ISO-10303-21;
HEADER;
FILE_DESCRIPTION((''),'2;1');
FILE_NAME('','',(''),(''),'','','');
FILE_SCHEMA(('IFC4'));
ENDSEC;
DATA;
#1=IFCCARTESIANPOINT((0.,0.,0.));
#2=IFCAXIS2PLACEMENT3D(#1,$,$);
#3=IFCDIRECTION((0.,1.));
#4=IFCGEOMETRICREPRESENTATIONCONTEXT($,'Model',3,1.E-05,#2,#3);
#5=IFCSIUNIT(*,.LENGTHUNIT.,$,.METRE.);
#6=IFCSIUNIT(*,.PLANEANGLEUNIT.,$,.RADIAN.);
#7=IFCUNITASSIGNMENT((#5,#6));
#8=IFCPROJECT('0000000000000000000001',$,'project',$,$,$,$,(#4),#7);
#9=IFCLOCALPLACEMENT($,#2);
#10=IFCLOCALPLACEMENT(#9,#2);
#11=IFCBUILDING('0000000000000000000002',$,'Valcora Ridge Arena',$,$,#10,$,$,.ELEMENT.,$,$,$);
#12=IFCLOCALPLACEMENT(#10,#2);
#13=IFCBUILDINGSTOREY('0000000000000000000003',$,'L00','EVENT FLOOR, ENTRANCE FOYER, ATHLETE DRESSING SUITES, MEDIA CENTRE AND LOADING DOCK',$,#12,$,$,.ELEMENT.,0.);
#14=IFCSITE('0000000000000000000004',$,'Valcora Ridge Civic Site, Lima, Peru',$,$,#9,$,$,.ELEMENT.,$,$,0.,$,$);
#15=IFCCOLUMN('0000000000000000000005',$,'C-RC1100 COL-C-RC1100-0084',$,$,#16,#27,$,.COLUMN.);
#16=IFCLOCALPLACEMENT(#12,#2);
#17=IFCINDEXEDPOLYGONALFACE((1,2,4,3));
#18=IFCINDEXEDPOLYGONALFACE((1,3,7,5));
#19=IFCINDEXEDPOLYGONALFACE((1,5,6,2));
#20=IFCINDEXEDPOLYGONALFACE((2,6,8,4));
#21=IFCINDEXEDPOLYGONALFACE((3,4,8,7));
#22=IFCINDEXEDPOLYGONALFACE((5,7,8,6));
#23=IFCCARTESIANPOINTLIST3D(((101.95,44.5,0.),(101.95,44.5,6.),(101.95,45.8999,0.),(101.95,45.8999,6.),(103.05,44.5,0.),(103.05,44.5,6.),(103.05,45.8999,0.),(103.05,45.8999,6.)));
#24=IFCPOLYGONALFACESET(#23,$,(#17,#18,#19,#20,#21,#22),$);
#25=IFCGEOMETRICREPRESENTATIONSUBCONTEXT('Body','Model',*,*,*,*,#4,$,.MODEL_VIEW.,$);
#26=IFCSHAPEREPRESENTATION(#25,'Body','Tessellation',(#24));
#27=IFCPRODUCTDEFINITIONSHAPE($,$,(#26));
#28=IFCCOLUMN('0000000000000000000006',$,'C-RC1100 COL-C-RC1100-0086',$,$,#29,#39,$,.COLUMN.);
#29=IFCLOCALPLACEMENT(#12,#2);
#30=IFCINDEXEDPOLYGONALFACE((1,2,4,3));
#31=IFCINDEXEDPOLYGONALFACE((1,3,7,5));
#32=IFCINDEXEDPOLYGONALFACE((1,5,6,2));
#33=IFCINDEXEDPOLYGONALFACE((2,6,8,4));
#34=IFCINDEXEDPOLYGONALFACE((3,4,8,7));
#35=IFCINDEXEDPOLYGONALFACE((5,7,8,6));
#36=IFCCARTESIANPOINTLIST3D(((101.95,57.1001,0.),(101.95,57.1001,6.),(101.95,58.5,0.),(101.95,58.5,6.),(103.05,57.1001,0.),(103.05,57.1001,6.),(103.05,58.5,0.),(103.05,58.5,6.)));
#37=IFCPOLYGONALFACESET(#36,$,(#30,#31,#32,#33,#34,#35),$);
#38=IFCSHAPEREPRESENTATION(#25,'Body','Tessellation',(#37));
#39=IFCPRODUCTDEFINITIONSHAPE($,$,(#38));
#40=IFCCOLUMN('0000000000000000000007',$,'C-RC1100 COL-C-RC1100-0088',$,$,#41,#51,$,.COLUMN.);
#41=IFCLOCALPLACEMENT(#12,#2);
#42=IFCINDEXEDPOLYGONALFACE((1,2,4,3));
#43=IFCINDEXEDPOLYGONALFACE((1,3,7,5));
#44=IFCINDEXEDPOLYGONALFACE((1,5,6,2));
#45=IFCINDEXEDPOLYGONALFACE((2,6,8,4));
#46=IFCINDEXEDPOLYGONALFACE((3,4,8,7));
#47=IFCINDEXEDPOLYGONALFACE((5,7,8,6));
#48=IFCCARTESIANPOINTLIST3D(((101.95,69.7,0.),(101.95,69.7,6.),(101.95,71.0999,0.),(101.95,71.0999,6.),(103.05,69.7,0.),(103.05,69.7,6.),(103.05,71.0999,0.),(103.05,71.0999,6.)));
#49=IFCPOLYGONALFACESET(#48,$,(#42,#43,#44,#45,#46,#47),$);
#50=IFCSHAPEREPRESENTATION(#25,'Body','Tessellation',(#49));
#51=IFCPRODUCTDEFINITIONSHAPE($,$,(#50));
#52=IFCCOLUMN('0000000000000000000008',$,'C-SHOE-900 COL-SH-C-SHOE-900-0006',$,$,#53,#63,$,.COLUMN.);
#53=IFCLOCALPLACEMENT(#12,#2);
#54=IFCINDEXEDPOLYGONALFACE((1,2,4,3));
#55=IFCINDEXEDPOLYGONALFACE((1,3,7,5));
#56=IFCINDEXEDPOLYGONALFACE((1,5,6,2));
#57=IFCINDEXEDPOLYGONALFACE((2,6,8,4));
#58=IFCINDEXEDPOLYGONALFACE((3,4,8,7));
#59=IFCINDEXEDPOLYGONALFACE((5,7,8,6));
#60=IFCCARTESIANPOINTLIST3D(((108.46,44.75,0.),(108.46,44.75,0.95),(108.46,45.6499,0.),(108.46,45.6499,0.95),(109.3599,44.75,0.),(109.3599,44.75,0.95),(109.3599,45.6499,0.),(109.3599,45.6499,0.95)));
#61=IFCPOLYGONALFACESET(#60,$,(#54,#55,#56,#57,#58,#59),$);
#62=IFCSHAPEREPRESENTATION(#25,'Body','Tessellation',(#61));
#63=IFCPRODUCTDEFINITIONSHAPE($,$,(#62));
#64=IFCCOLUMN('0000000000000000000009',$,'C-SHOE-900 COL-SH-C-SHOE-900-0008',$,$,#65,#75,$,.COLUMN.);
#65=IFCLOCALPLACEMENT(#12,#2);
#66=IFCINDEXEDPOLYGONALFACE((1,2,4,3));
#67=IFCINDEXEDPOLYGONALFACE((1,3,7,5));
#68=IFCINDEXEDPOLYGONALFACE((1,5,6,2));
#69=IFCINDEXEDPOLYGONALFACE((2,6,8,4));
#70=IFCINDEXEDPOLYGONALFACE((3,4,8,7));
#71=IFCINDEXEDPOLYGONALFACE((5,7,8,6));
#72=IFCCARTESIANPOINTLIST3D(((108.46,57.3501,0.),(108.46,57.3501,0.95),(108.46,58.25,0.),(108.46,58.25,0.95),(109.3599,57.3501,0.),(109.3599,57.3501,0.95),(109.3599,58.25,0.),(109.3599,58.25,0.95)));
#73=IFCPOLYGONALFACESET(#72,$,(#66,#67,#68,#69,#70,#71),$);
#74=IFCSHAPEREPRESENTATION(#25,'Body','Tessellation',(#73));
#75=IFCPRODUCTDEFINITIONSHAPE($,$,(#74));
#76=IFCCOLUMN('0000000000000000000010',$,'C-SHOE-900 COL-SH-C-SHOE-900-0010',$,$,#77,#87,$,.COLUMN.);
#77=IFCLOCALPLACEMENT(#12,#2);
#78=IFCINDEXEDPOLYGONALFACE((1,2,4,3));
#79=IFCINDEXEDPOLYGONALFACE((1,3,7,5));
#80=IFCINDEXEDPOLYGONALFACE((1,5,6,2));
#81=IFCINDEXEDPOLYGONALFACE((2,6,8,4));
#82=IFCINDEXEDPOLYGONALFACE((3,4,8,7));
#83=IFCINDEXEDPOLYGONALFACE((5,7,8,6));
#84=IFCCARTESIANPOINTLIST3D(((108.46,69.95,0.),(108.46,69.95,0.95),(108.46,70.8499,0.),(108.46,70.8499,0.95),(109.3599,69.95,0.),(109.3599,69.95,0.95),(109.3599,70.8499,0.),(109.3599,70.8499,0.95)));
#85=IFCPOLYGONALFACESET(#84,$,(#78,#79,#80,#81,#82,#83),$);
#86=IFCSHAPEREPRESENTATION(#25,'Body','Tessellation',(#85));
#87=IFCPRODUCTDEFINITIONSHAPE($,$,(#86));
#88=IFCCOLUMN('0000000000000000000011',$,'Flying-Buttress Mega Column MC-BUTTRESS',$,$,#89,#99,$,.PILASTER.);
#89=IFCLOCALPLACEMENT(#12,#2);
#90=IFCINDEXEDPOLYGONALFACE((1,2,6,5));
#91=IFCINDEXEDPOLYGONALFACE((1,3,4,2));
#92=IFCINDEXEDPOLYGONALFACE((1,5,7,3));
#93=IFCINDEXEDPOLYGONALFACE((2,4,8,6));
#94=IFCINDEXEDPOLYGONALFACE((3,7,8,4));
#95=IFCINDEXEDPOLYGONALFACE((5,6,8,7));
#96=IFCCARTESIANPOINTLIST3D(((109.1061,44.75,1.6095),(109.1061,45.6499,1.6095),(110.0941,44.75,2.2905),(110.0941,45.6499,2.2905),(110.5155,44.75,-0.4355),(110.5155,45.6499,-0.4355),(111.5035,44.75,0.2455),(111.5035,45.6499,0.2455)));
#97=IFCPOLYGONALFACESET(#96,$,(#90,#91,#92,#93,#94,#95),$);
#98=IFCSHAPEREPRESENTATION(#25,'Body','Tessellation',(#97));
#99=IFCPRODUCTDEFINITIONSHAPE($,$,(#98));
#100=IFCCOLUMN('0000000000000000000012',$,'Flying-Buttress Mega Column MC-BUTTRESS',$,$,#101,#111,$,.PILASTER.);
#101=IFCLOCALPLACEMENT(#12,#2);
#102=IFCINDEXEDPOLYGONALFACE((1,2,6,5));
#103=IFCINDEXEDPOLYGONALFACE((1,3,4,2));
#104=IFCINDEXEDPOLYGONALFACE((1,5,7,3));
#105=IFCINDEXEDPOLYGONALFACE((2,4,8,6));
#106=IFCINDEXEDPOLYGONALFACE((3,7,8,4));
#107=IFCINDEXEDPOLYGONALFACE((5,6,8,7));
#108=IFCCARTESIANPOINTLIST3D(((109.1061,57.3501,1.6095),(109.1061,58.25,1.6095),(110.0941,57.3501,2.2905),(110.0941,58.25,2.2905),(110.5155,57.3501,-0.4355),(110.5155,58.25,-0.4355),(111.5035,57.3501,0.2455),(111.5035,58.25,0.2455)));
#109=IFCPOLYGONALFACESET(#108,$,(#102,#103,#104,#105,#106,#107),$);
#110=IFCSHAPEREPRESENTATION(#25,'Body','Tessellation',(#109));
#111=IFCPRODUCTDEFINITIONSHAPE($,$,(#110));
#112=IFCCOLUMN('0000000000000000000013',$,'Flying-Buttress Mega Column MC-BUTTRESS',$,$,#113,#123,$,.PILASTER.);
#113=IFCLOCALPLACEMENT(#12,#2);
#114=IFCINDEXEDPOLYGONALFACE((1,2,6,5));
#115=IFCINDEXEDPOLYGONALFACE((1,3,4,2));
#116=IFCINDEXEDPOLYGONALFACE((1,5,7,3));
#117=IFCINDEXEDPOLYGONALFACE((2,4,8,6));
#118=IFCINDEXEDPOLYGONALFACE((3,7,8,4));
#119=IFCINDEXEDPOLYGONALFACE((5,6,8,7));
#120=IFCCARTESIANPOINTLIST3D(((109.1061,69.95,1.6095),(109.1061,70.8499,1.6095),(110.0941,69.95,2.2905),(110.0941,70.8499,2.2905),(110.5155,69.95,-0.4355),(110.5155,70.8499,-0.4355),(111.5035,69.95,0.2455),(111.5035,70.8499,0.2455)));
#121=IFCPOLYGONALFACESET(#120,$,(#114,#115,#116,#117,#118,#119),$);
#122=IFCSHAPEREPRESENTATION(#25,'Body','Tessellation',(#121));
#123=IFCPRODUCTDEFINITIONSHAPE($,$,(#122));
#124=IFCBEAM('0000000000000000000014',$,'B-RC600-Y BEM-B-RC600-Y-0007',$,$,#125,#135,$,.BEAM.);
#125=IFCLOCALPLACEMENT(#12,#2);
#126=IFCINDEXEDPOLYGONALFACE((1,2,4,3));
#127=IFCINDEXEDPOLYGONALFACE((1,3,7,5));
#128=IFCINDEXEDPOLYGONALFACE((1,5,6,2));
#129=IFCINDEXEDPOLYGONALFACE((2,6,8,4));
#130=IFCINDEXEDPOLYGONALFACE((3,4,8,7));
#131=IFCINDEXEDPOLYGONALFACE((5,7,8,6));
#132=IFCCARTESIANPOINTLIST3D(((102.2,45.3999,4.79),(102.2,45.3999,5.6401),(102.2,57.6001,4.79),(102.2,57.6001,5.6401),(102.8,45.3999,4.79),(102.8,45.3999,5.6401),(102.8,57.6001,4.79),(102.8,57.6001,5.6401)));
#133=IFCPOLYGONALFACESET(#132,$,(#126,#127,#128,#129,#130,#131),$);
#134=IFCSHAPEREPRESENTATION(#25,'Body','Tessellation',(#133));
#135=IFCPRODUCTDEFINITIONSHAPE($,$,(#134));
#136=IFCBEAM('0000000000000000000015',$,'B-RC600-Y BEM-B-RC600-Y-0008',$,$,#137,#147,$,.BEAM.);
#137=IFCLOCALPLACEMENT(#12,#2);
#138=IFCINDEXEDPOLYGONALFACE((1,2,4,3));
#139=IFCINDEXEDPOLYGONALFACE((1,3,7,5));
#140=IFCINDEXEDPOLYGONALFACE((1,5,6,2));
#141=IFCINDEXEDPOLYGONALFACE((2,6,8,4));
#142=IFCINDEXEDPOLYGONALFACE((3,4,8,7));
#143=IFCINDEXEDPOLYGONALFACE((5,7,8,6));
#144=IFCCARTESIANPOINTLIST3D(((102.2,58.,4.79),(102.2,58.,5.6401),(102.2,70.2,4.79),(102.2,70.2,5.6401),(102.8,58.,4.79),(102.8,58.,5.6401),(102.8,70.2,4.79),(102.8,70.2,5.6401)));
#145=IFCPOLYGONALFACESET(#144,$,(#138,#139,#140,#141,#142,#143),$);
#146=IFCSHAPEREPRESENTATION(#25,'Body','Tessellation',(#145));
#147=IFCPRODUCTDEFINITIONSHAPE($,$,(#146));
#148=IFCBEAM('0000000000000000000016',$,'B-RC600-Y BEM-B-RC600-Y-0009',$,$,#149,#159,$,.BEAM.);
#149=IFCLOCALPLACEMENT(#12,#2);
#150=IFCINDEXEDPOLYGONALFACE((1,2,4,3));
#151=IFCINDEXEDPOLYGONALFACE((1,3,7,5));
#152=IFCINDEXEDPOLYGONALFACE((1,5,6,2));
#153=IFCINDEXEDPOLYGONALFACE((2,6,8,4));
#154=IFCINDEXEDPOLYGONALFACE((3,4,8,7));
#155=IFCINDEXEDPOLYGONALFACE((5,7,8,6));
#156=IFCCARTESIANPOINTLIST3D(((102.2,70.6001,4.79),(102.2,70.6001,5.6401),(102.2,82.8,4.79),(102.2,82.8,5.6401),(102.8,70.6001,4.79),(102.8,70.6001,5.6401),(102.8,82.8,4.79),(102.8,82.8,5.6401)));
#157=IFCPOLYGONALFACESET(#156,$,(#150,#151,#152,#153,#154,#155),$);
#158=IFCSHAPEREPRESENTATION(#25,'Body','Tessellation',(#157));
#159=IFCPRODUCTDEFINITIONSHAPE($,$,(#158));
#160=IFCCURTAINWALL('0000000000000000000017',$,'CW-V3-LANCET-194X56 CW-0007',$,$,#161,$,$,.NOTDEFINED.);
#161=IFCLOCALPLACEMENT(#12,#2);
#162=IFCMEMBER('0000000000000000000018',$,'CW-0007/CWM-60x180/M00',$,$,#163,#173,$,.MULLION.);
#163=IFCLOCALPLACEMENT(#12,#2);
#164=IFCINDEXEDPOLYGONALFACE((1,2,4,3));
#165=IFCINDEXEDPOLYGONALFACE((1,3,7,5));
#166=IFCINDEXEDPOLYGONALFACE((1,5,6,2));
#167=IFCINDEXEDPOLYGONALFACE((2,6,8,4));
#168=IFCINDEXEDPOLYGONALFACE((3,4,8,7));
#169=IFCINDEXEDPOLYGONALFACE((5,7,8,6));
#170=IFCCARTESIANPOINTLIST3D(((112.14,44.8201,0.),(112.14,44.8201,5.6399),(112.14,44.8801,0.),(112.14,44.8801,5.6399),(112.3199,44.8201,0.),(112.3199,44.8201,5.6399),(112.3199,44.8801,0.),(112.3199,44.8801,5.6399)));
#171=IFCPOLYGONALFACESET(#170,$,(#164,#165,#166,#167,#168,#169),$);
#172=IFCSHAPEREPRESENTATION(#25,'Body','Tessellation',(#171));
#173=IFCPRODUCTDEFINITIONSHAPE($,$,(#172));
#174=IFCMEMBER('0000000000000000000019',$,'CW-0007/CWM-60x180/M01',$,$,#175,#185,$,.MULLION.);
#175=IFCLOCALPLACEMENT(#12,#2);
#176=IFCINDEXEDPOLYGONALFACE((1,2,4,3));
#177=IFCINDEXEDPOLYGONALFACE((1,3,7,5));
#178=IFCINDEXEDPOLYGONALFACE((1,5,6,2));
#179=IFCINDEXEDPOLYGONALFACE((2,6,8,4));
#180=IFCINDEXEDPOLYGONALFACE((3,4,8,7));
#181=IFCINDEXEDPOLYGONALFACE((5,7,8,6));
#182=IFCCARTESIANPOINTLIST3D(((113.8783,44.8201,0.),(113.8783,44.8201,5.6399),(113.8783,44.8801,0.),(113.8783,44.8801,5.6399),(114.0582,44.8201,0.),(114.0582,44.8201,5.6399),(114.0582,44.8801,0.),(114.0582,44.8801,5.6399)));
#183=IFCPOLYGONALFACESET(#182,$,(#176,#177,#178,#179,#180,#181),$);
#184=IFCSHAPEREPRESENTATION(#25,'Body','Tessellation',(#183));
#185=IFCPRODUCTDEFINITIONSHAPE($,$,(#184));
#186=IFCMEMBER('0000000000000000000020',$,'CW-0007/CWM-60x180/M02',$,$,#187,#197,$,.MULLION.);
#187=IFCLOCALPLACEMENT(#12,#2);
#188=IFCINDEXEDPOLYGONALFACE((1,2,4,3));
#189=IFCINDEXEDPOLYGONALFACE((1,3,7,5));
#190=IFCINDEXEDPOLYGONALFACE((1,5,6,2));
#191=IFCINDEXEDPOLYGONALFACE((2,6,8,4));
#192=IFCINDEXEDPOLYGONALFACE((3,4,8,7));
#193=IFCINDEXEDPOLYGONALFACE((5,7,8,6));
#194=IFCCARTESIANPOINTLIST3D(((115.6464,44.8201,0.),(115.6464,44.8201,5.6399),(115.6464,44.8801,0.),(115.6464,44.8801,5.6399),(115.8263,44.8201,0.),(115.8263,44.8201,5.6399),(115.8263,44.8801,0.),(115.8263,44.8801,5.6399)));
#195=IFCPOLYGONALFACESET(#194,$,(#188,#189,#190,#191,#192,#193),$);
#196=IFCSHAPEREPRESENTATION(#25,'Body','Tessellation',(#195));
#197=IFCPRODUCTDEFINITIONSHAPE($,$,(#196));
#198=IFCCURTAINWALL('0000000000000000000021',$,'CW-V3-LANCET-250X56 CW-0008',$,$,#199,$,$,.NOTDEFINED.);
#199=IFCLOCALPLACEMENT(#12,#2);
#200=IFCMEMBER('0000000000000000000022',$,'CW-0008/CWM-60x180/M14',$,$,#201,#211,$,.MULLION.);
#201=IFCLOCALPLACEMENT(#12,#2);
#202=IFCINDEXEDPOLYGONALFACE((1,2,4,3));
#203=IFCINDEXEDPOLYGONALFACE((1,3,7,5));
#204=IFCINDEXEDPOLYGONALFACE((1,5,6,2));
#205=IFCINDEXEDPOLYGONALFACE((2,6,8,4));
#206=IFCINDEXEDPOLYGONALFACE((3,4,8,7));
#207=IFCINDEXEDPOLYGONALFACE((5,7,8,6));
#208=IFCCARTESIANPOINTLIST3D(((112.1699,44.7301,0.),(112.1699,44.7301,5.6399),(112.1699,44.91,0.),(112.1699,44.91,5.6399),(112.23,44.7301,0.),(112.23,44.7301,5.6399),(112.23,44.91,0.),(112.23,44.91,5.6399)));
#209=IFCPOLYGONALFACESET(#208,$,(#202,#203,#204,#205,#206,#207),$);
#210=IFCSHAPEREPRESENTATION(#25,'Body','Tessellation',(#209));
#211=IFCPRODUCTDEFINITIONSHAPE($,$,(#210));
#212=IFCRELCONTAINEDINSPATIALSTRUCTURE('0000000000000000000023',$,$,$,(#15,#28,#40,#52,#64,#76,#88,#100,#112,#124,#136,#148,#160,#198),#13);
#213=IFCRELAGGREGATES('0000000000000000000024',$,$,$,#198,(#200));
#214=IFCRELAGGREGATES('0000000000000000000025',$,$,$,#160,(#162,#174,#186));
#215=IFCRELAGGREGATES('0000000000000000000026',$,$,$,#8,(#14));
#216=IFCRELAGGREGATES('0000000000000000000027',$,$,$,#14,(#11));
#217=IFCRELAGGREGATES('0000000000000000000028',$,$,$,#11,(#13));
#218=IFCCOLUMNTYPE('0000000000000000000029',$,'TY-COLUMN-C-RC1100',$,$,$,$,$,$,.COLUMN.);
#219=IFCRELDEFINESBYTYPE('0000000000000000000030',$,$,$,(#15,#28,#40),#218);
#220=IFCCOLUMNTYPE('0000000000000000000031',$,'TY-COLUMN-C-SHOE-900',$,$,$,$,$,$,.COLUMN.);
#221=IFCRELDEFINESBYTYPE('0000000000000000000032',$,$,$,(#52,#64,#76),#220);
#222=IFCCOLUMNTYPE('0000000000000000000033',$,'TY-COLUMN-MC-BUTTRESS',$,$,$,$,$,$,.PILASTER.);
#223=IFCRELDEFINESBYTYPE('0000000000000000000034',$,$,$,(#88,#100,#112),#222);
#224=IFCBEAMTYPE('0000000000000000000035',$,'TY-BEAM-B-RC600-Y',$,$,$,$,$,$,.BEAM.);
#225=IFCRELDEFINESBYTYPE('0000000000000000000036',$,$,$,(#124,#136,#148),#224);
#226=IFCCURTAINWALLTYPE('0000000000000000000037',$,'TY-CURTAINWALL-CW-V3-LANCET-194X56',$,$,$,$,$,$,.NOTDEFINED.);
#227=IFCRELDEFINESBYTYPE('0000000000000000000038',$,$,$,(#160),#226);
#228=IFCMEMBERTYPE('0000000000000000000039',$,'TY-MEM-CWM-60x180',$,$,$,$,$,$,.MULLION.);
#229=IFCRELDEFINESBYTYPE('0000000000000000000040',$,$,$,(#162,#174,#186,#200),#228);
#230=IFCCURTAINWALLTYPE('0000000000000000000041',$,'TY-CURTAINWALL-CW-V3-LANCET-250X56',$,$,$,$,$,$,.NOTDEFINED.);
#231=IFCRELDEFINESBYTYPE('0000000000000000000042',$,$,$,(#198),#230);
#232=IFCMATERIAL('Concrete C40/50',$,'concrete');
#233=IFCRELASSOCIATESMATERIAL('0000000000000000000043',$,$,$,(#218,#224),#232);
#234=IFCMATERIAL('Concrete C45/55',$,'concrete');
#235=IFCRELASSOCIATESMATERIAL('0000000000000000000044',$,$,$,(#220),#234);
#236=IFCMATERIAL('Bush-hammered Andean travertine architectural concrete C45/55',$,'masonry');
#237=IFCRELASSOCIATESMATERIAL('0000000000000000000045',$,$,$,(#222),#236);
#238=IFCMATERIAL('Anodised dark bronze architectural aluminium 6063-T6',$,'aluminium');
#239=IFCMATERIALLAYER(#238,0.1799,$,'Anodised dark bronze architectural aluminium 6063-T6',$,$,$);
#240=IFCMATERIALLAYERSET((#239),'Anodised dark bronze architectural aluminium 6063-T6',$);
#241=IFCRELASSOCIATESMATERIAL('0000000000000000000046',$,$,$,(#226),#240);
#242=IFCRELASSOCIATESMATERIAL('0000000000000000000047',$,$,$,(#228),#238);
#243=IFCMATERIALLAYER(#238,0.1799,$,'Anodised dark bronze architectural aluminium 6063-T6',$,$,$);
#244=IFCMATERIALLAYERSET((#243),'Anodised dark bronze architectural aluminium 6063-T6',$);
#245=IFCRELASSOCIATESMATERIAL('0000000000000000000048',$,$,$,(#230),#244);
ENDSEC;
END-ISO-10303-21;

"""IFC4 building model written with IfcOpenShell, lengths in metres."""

from ifc_helpers import new_model, si_unit, direction, frame, origin, origin_2d, place, context, subcontext, project, spatial, rectangle, extrude, material, layer, layer_set, material_profile, profile_set, type_object, element, aggregate, save


model = new_model("IFC4")

# Units and contexts
model_context = context("Model", 3, precision=1e-05, world=origin(), true_north=direction((0.0, 1.0)))
body_context = subcontext(model_context, "Body", "Model", "MODEL_VIEW")
ifc_project = project(units=[si_unit("LENGTHUNIT", "METRE"), si_unit("PLANEANGLEUNIT", "RADIAN")], contexts=[model_context])

# Site, building, storey
site_placement = place(None, origin())
site = spatial("IfcSite", under=ifc_project, at=site_placement, Name="Valcora Ridge Civic Site, Lima, Peru", CompositionType="ELEMENT", RefElevation=0.0)
building_placement = place(site_placement, origin())
building = spatial("IfcBuilding", under=site, at=building_placement, Name="Valcora Ridge Arena", CompositionType="ELEMENT")
storey_placement = place(building_placement, origin())
storey = spatial("IfcBuildingStorey", under=building, at=storey_placement, Name="L00", Description="EVENT FLOOR, ENTRANCE FOYER, ATHLETE DRESSING SUITES, MEDIA CENTRE AND LOADING DOCK", CompositionType="ELEMENT", Elevation=0.0)

# Columns
ifc_material_1 = material(Name="Concrete C40/50", Category="concrete")
ifc_material_profile_1 = material_profile(ifc_material_1, rectangle(XDim=1.1001, YDim=1.3999, at=origin_2d()), Name="RC 1100x1400")
ifc_profile_set_1 = profile_set([ifc_material_profile_1], Name="Concrete C40/50")
column_type_1 = type_object("IfcColumnType", Name="TY-COLUMN-C-RC1100", PredefinedType="COLUMN", material=ifc_profile_set_1)
for number, where, z_axis, x_axis, name in (
    (1, (102.5, 45.2, 0.0), (0.0, 0.0, 1.0), (1.0, 0.0, 0.0), "C-RC1100 COL-C-RC1100-0084"),
    (2, (102.5, 57.8, 0.0), (0.0, 0.0, 1.0), (1.0, 0.0, 0.0), "C-RC1100 COL-C-RC1100-0086"),
    (3, (102.5, 70.3999, 0.0), (0.0, 0.0, 1.0), (1.0, 0.0, 0.0), "C-RC1100 COL-C-RC1100-0088"),
):
    element("IfcColumn", number, at=place(storey_placement, frame(where, z_axis=z_axis, x_axis=x_axis)), inside=storey, type_object=column_type_1, Name=name, PredefinedType="COLUMN", context=body_context, shape_type="SweptSolid", body=[
        extrude(rectangle(XDim=1.1001, YDim=1.3999, at=origin_2d()), origin(), (0.0, 0.0, 1.0), 6.0),
    ])
ifc_material_2 = material(Name="Concrete C45/55", Category="concrete")
ifc_material_profile_2 = material_profile(ifc_material_2, rectangle(XDim=0.8999, YDim=0.8999, at=origin_2d()), Name="RC 900x900")
ifc_profile_set_2 = profile_set([ifc_material_profile_2], Name="Concrete C45/55")
column_type_2 = type_object("IfcColumnType", Name="TY-COLUMN-C-SHOE-900", PredefinedType="COLUMN", material=ifc_profile_set_2)
for number, where, z_axis, x_axis, name in (
    (4, (108.9099, 45.2, 0.0), (0.0, 0.0, 1.0), (1.0, 0.0, 0.0), "C-SHOE-900 COL-SH-C-SHOE-900-0006"),
    (5, (108.9099, 57.8, 0.0), (0.0, 0.0, 1.0), (1.0, 0.0, 0.0), "C-SHOE-900 COL-SH-C-SHOE-900-0008"),
    (6, (108.9099, 70.3999, 0.0), (0.0, 0.0, 1.0), (1.0, 0.0, 0.0), "C-SHOE-900 COL-SH-C-SHOE-900-0010"),
):
    element("IfcColumn", number, at=place(storey_placement, frame(where, z_axis=z_axis, x_axis=x_axis)), inside=storey, type_object=column_type_2, Name=name, PredefinedType="COLUMN", context=body_context, shape_type="SweptSolid", body=[
        extrude(rectangle(XDim=0.8999, YDim=0.8999, at=origin_2d()), origin(), (0.0, 0.0, 1.0), 0.95),
    ])
ifc_material_3 = material(Name="Bush-hammered Andean travertine architectural concrete C45/55", Category="masonry")
ifc_material_profile_3 = material_profile(ifc_material_3, rectangle(XDim=0.8999, YDim=1.2, at=origin_2d()), Name="RC 900x1200")
ifc_profile_set_3 = profile_set([ifc_material_profile_3], Name="Bush-hammered Andean travertine architectural concrete C45/55")
column_type_3 = type_object("IfcColumnType", Name="TY-COLUMN-MC-BUTTRESS", PredefinedType="PILASTER", material=ifc_profile_set_3)
for number, where, z_axis, x_axis, name in (
    (7, (111.0095, 45.2, -0.095), (-0.567496, 0.0, 0.823376), (0.0, -1.0, 0.0), "Flying-Buttress Mega Column MC-BUTTRESS"),
    (8, (111.0095, 57.8, -0.095), (-0.567496, 0.0, 0.823376), (0.0, -1.0, 0.0), "Flying-Buttress Mega Column MC-BUTTRESS"),
    (9, (111.0095, 70.3999, -0.095), (-0.567496, 0.0, 0.823376), (0.0, -1.0, 0.0), "Flying-Buttress Mega Column MC-BUTTRESS"),
):
    element("IfcColumn", number, at=place(storey_placement, frame(where, z_axis=z_axis, x_axis=x_axis)), inside=storey, type_object=column_type_3, Name=name, PredefinedType="PILASTER", context=body_context, shape_type="SweptSolid", body=[
        extrude(rectangle(XDim=0.8999, YDim=1.2, at=origin_2d()), origin(), (0.0, 0.0, 1.0), 2.4836),
    ])

# Beams
ifc_material_profile_4 = material_profile(ifc_material_1, rectangle(XDim=0.6001, YDim=0.8501, at=origin_2d()), Name="RC 600x850")
ifc_profile_set_4 = profile_set([ifc_material_profile_4], Name="Concrete C40/50")
beam_type = type_object("IfcBeamType", Name="TY-BEAM-B-RC600-Y", PredefinedType="BEAM", material=ifc_profile_set_4)
beam_placement = place(storey_placement, frame((102.5, 45.3999, 5.2151), z_axis=(0.0, 1.0, 0.0), x_axis=(-1.0, 0.0, 0.0)))
element("IfcBeam", 10, at=beam_placement, inside=storey, type_object=beam_type, Name="B-RC600-Y BEM-B-RC600-Y-0007", PredefinedType="BEAM", context=body_context, shape_type="SweptSolid", body=[
    extrude(rectangle(XDim=0.6001, YDim=0.8501, at=origin_2d()), origin(), (0.0, 0.0, 1.0), 12.2002),
])
for number, where, z_axis, x_axis, name in (
    (11, (102.5, 58.0, 5.2151), (0.0, 1.0, 0.0), (-1.0, 0.0, 0.0), "B-RC600-Y BEM-B-RC600-Y-0008"),
    (12, (102.5, 70.6001, 5.2151), (0.0, 1.0, 0.0), (-1.0, 0.0, 0.0), "B-RC600-Y BEM-B-RC600-Y-0009"),
):
    element("IfcBeam", number, at=place(storey_placement, frame(where, z_axis=z_axis, x_axis=x_axis)), inside=storey, type_object=beam_type, Name=name, PredefinedType="BEAM", context=body_context, shape_type="SweptSolid", body=[
        extrude(rectangle(XDim=0.6001, YDim=0.8501, at=origin_2d()), origin(), (0.0, 0.0, 1.0), 12.2),
    ])

# Curtain wall, members
ifc_material_4 = material(Name="Anodised dark bronze architectural aluminium 6063-T6", Category="aluminium")
ifc_layer_1 = layer(ifc_material_4, 0.1799, Name="Anodised dark bronze architectural aluminium 6063-T6")
ifc_layer_set_1 = layer_set([ifc_layer_1], Name="Anodised dark bronze architectural aluminium 6063-T6")
curtain_wall_type_1 = type_object("IfcCurtainWallType", Name="TY-CURTAINWALL-CW-V3-LANCET-194X56", PredefinedType="NOTDEFINED", material=ifc_layer_set_1)
curtain_wall_1_placement = place(storey_placement, origin())
curtain_wall_1 = element("IfcCurtainWall", 13, at=curtain_wall_1_placement, inside=storey, type_object=curtain_wall_type_1, Name="CW-V3-LANCET-194X56 CW-0007", PredefinedType="NOTDEFINED")
ifc_material_profile_5 = material_profile(ifc_material_4, rectangle(XDim=0.0601, YDim=0.1799, at=origin_2d()), Name="ALU MULLION 60x180")
ifc_profile_set_5 = profile_set([ifc_material_profile_5], Name="Anodised dark bronze architectural aluminium 6063-T6")
member_type_1 = type_object("IfcMemberType", Name="TY-MEM-CWM-60x180", PredefinedType="MULLION", material=ifc_profile_set_5)
member_1_placement = place(storey_placement, frame((112.23, 44.8501, 0.0), z_axis=(0.0, 0.0, 1.0), x_axis=(0.0, 1.0, 0.0)))
member_1 = element("IfcMember", 14, at=member_1_placement, type_object=member_type_1, Name="CW-0007/CWM-60x180/M00", PredefinedType="MULLION", context=body_context, shape_type="SweptSolid", body=[
    extrude(rectangle(XDim=0.0601, YDim=0.1799, at=origin_2d()), origin(), (0.0, 0.0, 1.0), 5.6399),
])
member_2_placement = place(storey_placement, frame((113.9683, 44.8501, 0.0), z_axis=(0.0, 0.0, 1.0), x_axis=(0.0, 1.0, 0.0)))
member_2 = element("IfcMember", 15, at=member_2_placement, type_object=member_type_1, Name="CW-0007/CWM-60x180/M01", PredefinedType="MULLION", context=body_context, shape_type="SweptSolid", body=[
    extrude(rectangle(XDim=0.0601, YDim=0.1799, at=origin_2d()), origin(), (0.0, 0.0, 1.0), 5.6399),
])
member_3_placement = place(storey_placement, frame((115.7363, 44.8501, 0.0), z_axis=(0.0, 0.0, 1.0), x_axis=(0.0, 1.0, 0.0)))
member_3 = element("IfcMember", 16, at=member_3_placement, type_object=member_type_1, Name="CW-0007/CWM-60x180/M02", PredefinedType="MULLION", context=body_context, shape_type="SweptSolid", body=[
    extrude(rectangle(XDim=0.0601, YDim=0.1799, at=origin_2d()), origin(), (0.0, 0.0, 1.0), 5.6399),
])

# Curtain wall, member
ifc_layer_2 = layer(ifc_material_4, 0.1799, Name="Anodised dark bronze architectural aluminium 6063-T6")
ifc_layer_set_2 = layer_set([ifc_layer_2], Name="Anodised dark bronze architectural aluminium 6063-T6")
curtain_wall_type_2 = type_object("IfcCurtainWallType", Name="TY-CURTAINWALL-CW-V3-LANCET-250X56", PredefinedType="NOTDEFINED", material=ifc_layer_set_2)
curtain_wall_2_placement = place(storey_placement, origin())
curtain_wall_2 = element("IfcCurtainWall", 17, at=curtain_wall_2_placement, inside=storey, type_object=curtain_wall_type_2, Name="CW-V3-LANCET-250X56 CW-0008", PredefinedType="NOTDEFINED")
member_4_placement = place(storey_placement, frame((112.2, 44.8201, 0.0), z_axis=(0.0, 0.0, 1.0), x_axis=(-1.0, 0.0, 0.0)))
member_4 = element("IfcMember", 18, at=member_4_placement, type_object=member_type_1, Name="CW-0008/CWM-60x180/M14", PredefinedType="MULLION", context=body_context, shape_type="SweptSolid", body=[
    extrude(rectangle(XDim=0.0601, YDim=0.1799, at=origin_2d()), origin(), (0.0, 0.0, 1.0), 5.6399),
])
aggregate(curtain_wall_2, [member_4])

aggregate(curtain_wall_1, [member_1, member_2, member_3])

save(model, "model.ifc")
